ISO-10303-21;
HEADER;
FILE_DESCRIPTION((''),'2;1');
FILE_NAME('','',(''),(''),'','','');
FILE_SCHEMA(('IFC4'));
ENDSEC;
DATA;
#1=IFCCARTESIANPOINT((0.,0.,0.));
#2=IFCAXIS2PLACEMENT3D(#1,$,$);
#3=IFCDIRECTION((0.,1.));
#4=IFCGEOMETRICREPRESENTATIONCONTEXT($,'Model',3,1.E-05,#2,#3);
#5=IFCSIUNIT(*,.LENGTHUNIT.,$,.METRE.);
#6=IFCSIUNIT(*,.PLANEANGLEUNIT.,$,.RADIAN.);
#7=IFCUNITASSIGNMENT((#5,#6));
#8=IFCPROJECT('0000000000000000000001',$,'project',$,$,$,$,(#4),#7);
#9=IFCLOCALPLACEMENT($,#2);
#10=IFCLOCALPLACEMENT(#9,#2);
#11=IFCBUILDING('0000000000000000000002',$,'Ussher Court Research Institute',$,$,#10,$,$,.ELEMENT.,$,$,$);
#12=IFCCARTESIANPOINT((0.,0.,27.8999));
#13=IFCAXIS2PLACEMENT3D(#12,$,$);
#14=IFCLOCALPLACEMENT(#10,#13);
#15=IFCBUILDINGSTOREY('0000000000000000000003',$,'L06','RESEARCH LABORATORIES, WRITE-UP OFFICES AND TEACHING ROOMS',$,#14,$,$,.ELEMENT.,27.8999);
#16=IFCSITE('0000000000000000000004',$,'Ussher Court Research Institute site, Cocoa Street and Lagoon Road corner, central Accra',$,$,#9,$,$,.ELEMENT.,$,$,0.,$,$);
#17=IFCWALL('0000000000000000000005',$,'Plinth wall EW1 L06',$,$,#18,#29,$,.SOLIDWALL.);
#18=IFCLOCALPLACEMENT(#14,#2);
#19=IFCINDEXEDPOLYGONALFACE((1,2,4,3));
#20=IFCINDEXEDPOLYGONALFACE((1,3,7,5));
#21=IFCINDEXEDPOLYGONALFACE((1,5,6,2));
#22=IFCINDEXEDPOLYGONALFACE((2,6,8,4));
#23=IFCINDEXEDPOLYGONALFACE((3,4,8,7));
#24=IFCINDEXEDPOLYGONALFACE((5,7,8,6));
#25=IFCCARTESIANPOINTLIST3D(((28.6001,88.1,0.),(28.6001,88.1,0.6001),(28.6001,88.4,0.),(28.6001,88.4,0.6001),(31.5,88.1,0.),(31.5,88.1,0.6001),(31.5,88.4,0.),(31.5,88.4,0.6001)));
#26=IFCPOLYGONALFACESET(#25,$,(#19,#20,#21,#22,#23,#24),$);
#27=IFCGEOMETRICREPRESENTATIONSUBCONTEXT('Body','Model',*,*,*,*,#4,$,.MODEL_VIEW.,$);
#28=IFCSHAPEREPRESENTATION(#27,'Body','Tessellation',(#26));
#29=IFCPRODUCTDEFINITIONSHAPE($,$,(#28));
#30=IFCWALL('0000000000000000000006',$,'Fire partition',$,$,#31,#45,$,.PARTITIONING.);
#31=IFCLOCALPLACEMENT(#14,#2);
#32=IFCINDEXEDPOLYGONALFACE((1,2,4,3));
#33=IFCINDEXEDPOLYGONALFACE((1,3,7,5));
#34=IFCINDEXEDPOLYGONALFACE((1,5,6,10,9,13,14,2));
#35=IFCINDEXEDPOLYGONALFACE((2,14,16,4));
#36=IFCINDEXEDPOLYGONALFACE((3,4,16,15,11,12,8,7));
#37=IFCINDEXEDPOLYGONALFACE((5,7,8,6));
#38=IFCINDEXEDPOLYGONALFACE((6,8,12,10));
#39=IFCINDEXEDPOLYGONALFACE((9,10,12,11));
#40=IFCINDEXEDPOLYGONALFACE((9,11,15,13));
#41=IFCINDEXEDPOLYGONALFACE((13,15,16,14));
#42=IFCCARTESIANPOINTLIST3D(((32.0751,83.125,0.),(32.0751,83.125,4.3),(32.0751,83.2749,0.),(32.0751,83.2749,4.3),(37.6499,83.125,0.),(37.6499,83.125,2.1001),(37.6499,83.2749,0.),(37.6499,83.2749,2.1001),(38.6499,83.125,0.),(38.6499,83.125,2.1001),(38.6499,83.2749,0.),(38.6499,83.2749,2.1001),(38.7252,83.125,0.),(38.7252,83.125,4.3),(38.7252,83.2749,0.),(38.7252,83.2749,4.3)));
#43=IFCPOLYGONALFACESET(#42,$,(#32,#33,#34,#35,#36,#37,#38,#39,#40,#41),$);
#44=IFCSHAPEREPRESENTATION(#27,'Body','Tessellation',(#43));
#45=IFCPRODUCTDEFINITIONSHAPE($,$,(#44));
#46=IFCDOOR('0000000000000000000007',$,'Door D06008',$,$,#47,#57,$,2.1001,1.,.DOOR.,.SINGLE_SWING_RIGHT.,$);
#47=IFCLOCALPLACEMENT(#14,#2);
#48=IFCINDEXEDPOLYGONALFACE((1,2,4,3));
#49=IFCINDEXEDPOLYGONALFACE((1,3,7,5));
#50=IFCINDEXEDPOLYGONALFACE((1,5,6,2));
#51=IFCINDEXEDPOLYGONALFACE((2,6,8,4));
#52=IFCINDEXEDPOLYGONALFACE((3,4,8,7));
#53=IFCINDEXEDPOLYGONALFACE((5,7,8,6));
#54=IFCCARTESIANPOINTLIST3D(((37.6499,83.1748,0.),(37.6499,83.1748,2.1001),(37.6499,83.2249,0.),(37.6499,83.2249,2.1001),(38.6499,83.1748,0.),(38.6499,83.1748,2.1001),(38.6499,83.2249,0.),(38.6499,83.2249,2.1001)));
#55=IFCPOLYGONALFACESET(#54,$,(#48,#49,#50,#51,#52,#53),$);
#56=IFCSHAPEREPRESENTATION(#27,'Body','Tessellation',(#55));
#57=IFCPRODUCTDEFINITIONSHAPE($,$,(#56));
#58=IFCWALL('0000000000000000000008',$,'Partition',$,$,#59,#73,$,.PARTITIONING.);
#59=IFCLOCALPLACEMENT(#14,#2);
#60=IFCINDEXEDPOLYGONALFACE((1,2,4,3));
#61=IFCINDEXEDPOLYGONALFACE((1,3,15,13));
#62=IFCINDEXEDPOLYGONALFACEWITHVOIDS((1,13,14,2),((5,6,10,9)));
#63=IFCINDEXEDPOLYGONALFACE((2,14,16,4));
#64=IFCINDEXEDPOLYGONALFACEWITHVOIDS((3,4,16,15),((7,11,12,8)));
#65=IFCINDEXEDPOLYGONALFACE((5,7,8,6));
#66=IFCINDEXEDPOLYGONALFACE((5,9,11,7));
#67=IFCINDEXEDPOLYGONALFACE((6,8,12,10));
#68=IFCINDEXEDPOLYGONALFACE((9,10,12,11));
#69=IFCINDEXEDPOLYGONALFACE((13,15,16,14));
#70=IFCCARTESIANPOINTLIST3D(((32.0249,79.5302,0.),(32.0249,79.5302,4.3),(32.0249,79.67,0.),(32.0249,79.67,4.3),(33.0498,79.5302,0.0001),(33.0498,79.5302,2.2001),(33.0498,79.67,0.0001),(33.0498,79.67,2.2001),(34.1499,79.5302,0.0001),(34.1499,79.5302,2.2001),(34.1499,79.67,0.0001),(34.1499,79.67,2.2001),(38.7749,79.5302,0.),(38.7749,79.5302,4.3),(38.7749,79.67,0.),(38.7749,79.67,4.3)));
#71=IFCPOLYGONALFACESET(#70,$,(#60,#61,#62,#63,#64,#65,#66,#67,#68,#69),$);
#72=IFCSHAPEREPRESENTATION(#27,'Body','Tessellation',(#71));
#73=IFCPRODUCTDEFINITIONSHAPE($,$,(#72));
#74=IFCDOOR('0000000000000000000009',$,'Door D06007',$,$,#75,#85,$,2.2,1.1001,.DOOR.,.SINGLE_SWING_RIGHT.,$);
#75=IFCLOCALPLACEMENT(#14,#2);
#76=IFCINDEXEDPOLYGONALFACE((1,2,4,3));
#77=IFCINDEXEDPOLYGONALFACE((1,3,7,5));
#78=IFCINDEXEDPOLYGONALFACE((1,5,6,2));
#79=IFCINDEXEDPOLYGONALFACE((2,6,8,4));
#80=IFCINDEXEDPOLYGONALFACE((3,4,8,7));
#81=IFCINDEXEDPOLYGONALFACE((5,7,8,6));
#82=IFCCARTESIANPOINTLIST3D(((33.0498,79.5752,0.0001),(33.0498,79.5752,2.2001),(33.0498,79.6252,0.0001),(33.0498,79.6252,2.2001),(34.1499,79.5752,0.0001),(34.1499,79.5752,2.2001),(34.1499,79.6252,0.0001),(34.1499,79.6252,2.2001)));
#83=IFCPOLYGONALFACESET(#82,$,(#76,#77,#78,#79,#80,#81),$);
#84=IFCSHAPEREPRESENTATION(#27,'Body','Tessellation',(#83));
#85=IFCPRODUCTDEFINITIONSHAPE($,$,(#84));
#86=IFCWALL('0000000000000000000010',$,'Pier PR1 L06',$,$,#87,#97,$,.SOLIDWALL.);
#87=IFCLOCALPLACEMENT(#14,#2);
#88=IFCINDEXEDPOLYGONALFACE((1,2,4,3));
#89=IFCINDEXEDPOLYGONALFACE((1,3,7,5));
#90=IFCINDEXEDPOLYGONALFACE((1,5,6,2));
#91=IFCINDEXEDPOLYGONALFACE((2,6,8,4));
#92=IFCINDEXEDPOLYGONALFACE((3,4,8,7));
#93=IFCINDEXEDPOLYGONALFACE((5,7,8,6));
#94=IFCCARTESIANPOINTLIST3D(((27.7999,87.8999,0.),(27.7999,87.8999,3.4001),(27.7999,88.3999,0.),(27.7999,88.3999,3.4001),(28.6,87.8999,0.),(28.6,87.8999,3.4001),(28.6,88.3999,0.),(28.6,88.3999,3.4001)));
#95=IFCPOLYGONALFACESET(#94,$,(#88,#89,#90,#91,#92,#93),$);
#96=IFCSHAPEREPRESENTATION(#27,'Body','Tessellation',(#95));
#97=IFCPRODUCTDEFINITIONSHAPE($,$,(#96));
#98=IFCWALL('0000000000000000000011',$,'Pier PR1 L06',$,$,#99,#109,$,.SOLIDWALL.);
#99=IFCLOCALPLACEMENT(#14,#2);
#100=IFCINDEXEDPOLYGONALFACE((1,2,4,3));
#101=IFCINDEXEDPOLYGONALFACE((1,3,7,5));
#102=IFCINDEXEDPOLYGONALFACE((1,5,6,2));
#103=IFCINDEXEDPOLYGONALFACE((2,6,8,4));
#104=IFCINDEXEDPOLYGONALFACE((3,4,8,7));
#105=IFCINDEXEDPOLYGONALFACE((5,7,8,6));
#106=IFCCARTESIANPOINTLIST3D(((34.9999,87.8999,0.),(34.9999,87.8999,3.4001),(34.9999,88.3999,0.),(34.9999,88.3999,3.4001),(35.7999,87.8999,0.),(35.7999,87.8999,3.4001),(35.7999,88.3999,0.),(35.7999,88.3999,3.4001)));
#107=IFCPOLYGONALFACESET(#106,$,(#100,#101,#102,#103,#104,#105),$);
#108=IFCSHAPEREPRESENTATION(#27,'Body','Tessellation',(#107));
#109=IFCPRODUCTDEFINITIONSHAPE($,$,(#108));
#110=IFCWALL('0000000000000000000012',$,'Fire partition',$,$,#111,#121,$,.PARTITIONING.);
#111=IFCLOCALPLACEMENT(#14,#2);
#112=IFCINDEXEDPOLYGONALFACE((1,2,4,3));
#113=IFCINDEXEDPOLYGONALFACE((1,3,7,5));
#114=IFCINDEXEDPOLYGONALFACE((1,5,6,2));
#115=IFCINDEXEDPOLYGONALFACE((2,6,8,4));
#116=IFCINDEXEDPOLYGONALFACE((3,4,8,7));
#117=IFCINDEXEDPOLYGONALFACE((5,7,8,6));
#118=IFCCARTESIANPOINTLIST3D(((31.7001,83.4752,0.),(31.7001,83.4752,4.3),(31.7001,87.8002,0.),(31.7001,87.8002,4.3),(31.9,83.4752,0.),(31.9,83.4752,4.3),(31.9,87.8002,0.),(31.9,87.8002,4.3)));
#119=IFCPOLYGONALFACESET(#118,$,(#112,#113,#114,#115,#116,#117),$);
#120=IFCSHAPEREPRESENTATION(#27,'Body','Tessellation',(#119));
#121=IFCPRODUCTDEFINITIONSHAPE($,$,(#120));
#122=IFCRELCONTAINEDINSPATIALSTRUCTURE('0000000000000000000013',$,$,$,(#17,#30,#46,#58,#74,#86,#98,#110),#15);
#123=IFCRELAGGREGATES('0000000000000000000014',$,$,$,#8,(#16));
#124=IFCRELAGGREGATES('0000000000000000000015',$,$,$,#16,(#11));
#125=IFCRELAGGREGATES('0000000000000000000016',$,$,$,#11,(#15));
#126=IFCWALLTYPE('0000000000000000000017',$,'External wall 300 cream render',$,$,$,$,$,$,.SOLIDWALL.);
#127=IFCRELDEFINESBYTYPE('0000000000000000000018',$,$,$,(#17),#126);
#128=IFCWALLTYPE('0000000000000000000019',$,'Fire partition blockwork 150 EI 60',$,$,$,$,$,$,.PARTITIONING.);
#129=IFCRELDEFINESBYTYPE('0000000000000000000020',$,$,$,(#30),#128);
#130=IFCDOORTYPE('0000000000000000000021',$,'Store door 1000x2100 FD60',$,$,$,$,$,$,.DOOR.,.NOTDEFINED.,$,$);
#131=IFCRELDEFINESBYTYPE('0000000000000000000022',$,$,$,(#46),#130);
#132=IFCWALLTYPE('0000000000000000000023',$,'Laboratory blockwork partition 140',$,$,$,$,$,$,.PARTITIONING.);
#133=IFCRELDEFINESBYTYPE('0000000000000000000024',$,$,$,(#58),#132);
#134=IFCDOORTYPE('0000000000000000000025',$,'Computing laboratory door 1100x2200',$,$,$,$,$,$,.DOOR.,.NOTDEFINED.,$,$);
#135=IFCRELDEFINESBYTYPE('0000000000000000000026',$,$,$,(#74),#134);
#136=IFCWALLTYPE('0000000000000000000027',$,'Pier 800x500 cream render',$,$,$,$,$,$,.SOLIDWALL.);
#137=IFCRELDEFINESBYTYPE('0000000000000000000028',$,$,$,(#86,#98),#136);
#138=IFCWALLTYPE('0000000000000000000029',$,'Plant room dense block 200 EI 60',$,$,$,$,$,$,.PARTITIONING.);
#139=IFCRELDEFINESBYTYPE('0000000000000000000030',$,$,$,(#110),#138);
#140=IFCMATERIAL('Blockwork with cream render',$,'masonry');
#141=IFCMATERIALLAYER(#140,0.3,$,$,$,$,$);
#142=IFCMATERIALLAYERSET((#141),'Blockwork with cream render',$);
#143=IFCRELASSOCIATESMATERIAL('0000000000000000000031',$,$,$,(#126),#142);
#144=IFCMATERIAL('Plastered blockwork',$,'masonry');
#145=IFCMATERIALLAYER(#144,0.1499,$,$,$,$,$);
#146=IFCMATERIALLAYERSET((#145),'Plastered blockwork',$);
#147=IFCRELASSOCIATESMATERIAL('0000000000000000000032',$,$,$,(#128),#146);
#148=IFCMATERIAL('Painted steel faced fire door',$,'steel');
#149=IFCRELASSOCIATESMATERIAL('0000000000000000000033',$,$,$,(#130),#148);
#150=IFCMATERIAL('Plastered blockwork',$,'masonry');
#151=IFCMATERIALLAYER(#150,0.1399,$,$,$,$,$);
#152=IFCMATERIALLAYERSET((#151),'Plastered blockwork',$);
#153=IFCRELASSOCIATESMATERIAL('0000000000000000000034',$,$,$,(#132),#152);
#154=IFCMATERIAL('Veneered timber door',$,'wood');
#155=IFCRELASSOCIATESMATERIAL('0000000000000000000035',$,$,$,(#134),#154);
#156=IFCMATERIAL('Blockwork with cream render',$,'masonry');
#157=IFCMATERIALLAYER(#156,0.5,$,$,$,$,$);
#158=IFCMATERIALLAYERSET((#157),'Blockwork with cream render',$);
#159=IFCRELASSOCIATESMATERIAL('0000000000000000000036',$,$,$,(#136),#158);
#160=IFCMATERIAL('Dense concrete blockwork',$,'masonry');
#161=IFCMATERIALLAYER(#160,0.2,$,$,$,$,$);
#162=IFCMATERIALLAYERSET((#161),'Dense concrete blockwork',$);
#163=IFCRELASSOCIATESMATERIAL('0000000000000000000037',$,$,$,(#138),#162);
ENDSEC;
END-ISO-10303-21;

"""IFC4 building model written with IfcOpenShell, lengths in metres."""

from ifc_helpers import new_model, si_unit, direction, frame, frame_2d, origin, place, context, subcontext, project, spatial, rectangle, extrude, material, layer, layer_set, type_object, element, fill, save


model = new_model("IFC4")

# Units and contexts
model_context = context("Model", 3, precision=1e-05, world=origin(), true_north=direction((0.0, 1.0)))
body_context = subcontext(model_context, "Body", "Model", "MODEL_VIEW")
ifc_project = project(units=[si_unit("LENGTHUNIT", "METRE"), si_unit("PLANEANGLEUNIT", "RADIAN")], contexts=[model_context])

# Site, building, storey
site_placement = place(None, origin())
site = spatial("IfcSite", under=ifc_project, at=site_placement, Name="Ussher Court Research Institute site, Cocoa Street and Lagoon Road corner, central Accra", CompositionType="ELEMENT", RefElevation=0.0)
building_placement = place(site_placement, origin())
building = spatial("IfcBuilding", under=site, at=building_placement, Name="Ussher Court Research Institute", CompositionType="ELEMENT")
storey_placement = place(building_placement, frame((0.0, 0.0, 27.8999)))
storey = spatial("IfcBuildingStorey", under=building, at=storey_placement, Name="L06", Description="RESEARCH LABORATORIES, WRITE-UP OFFICES AND TEACHING ROOMS", CompositionType="ELEMENT", Elevation=27.8999)

# Wall
ifc_material_1 = material(Name="Blockwork with cream render", Category="masonry")
ifc_layer_1 = layer(ifc_material_1, 0.3)
ifc_layer_set_1 = layer_set([ifc_layer_1], Name="Blockwork with cream render")
wall_type_1 = type_object("IfcWallType", Name="External wall 300 cream render", PredefinedType="SOLIDWALL", material=ifc_layer_set_1)
wall_1_placement = place(storey_placement, frame((28.6001, 88.25, 0.0), z_axis=(0.0, 0.0, 1.0), x_axis=(1.0, 0.0, 0.0)))
element("IfcWall", 1, at=wall_1_placement, inside=storey, type_object=wall_type_1, Name="Plinth wall EW1 L06", PredefinedType="SOLIDWALL", context=body_context, shape_type="SweptSolid", body=[
    extrude(rectangle(XDim=2.8999, YDim=0.3, at=frame_2d((1.45, 0.0))), origin(), (0.0, 0.0, 1.0), 0.6001),
])

# Walls, openings, doors
ifc_material_2 = material(Name="Plastered blockwork", Category="masonry")
ifc_layer_2 = layer(ifc_material_2, 0.1499)
ifc_layer_set_2 = layer_set([ifc_layer_2], Name="Plastered blockwork")
wall_type_2 = type_object("IfcWallType", Name="Fire partition blockwork 150 EI 60", PredefinedType="PARTITIONING", material=ifc_layer_set_2)
wall_2_placement = place(storey_placement, frame((32.075, 83.2, 0.0), z_axis=(0.0, 0.0, 1.0), x_axis=(1.0, 0.0, 0.0)))
wall_2 = element("IfcWall", 2, at=wall_2_placement, inside=storey, type_object=wall_type_2, Name="Fire partition", PredefinedType="PARTITIONING", context=body_context, shape_type="SweptSolid", body=[
    extrude(rectangle(XDim=6.6501, YDim=0.1499, at=frame_2d((3.3252, 0.0))), origin(), (0.0, 0.0, 1.0), 4.3),
])
opening_1_placement = place(wall_2_placement, frame((5.575, 0.0, 0.0)))
opening_1 = element("IfcOpeningElement", 3, at=opening_1_placement, cuts=wall_2, PredefinedType="OPENING", context=body_context, shape_type="SweptSolid", body=[
    extrude(rectangle(XDim=1.0, YDim=2.1001, at=frame_2d((0.5, 1.05))), frame((0.0, 0.085, 0.0), z_axis=(0.0, -1.0, 0.0), x_axis=(1.0, 0.0, 0.0)), (0.0, 0.0, 1.0), 0.1699),
])
ifc_material_3 = material(Name="Painted steel faced fire door", Category="steel")
door_type_1 = type_object("IfcDoorType", Name="Store door 1000x2100 FD60", OperationType="NOTDEFINED", PredefinedType="DOOR", material=ifc_material_3)
door_1_placement = place(opening_1_placement, origin())
door_1 = element("IfcDoor", 4, at=door_1_placement, inside=storey, type_object=door_type_1, Name="Door D06008", OperationType="SINGLE_SWING_RIGHT", OverallHeight=2.1001, OverallWidth=1.0, PredefinedType="DOOR", context=body_context, shape_type="SweptSolid", body=[
    extrude(rectangle(XDim=1.0, YDim=2.1001, at=frame_2d((0.5, 1.05))), frame((0.0, 0.0249, 0.0), z_axis=(0.0, -1.0, 0.0), x_axis=(1.0, 0.0, 0.0)), (0.0, 0.0, 1.0), 0.05),
])
fill(opening_1, door_1)
ifc_material_4 = material(Name="Plastered blockwork", Category="masonry")
ifc_layer_3 = layer(ifc_material_4, 0.1399)
ifc_layer_set_3 = layer_set([ifc_layer_3], Name="Plastered blockwork")
wall_type_3 = type_object("IfcWallType", Name="Laboratory blockwork partition 140", PredefinedType="PARTITIONING", material=ifc_layer_set_3)
wall_3_placement = place(storey_placement, frame((38.7749, 79.6001, 0.0), z_axis=(0.0, 0.0, 1.0), x_axis=(-1.0, 0.0, 0.0)))
wall_3 = element("IfcWall", 5, at=wall_3_placement, inside=storey, type_object=wall_type_3, Name="Partition", PredefinedType="PARTITIONING", context=body_context, shape_type="SweptSolid", body=[
    extrude(rectangle(XDim=6.75, YDim=0.1399, at=frame_2d((3.375, 0.0))), origin(), (0.0, 0.0, 1.0), 4.3),
])
opening_2_placement = place(wall_3_placement, frame((4.625, 0.0, 0.0)))
opening_2 = element("IfcOpeningElement", 6, at=opening_2_placement, cuts=wall_3, PredefinedType="OPENING", context=body_context, shape_type="SweptSolid", body=[
    extrude(rectangle(XDim=1.1001, YDim=2.2, at=frame_2d((0.55, 1.1001))), frame((0.0, 0.0801, 0.0), z_axis=(0.0, -1.0, 0.0), x_axis=(1.0, 0.0, 0.0)), (0.0, 0.0, 1.0), 0.1599),
])
ifc_material_5 = material(Name="Veneered timber door", Category="wood")
door_type_2 = type_object("IfcDoorType", Name="Computing laboratory door 1100x2200", OperationType="NOTDEFINED", PredefinedType="DOOR", material=ifc_material_5)
door_2_placement = place(opening_2_placement, origin())
door_2 = element("IfcDoor", 7, at=door_2_placement, inside=storey, type_object=door_type_2, Name="Door D06007", OperationType="SINGLE_SWING_RIGHT", OverallHeight=2.2, OverallWidth=1.1001, PredefinedType="DOOR", context=body_context, shape_type="SweptSolid", body=[
    extrude(rectangle(XDim=1.1001, YDim=2.2, at=frame_2d((0.55, 1.1001))), frame((0.0, 0.0249, 0.0), z_axis=(0.0, -1.0, 0.0), x_axis=(1.0, 0.0, 0.0)), (0.0, 0.0, 1.0), 0.05),
])
fill(opening_2, door_2)

# Walls
ifc_material_6 = material(Name="Blockwork with cream render", Category="masonry")
ifc_layer_4 = layer(ifc_material_6, 0.5)
ifc_layer_set_4 = layer_set([ifc_layer_4], Name="Blockwork with cream render")
wall_type_4 = type_object("IfcWallType", Name="Pier 800x500 cream render", PredefinedType="SOLIDWALL", material=ifc_layer_set_4)
for number, where, z_axis, x_axis, name in (
    (8, (27.8, 88.1499, 0.0), (0.0, 0.0, 1.0), (1.0, 0.0, 0.0), "Pier PR1 L06"),
    (9, (35.0, 88.1499, 0.0), (0.0, 0.0, 1.0), (1.0, 0.0, 0.0), "Pier PR1 L06"),
):
    element("IfcWall", number, at=place(storey_placement, frame(where, z_axis=z_axis, x_axis=x_axis)), inside=storey, type_object=wall_type_4, Name=name, PredefinedType="SOLIDWALL", context=body_context, shape_type="SweptSolid", body=[
        extrude(rectangle(XDim=0.8, YDim=0.5, at=frame_2d((0.3999, 0.0))), origin(), (0.0, 0.0, 1.0), 3.4001),
    ])
ifc_material_7 = material(Name="Dense concrete blockwork", Category="masonry")
ifc_layer_5 = layer(ifc_material_7, 0.2)
ifc_layer_set_5 = layer_set([ifc_layer_5], Name="Dense concrete blockwork")
wall_type_5 = type_object("IfcWallType", Name="Plant room dense block 200 EI 60", PredefinedType="PARTITIONING", material=ifc_layer_set_5)
wall_4_placement = place(storey_placement, frame((31.8, 83.4751, 0.0), z_axis=(0.0, 0.0, 1.0), x_axis=(0.0, 1.0, 0.0)))
element("IfcWall", 10, at=wall_4_placement, inside=storey, type_object=wall_type_5, Name="Fire partition", PredefinedType="PARTITIONING", context=body_context, shape_type="SweptSolid", body=[
    extrude(rectangle(XDim=4.325, YDim=0.2, at=frame_2d((2.1626, 0.0))), origin(), (0.0, 0.0, 1.0), 4.3),
])

save(model, "model.ifc")
